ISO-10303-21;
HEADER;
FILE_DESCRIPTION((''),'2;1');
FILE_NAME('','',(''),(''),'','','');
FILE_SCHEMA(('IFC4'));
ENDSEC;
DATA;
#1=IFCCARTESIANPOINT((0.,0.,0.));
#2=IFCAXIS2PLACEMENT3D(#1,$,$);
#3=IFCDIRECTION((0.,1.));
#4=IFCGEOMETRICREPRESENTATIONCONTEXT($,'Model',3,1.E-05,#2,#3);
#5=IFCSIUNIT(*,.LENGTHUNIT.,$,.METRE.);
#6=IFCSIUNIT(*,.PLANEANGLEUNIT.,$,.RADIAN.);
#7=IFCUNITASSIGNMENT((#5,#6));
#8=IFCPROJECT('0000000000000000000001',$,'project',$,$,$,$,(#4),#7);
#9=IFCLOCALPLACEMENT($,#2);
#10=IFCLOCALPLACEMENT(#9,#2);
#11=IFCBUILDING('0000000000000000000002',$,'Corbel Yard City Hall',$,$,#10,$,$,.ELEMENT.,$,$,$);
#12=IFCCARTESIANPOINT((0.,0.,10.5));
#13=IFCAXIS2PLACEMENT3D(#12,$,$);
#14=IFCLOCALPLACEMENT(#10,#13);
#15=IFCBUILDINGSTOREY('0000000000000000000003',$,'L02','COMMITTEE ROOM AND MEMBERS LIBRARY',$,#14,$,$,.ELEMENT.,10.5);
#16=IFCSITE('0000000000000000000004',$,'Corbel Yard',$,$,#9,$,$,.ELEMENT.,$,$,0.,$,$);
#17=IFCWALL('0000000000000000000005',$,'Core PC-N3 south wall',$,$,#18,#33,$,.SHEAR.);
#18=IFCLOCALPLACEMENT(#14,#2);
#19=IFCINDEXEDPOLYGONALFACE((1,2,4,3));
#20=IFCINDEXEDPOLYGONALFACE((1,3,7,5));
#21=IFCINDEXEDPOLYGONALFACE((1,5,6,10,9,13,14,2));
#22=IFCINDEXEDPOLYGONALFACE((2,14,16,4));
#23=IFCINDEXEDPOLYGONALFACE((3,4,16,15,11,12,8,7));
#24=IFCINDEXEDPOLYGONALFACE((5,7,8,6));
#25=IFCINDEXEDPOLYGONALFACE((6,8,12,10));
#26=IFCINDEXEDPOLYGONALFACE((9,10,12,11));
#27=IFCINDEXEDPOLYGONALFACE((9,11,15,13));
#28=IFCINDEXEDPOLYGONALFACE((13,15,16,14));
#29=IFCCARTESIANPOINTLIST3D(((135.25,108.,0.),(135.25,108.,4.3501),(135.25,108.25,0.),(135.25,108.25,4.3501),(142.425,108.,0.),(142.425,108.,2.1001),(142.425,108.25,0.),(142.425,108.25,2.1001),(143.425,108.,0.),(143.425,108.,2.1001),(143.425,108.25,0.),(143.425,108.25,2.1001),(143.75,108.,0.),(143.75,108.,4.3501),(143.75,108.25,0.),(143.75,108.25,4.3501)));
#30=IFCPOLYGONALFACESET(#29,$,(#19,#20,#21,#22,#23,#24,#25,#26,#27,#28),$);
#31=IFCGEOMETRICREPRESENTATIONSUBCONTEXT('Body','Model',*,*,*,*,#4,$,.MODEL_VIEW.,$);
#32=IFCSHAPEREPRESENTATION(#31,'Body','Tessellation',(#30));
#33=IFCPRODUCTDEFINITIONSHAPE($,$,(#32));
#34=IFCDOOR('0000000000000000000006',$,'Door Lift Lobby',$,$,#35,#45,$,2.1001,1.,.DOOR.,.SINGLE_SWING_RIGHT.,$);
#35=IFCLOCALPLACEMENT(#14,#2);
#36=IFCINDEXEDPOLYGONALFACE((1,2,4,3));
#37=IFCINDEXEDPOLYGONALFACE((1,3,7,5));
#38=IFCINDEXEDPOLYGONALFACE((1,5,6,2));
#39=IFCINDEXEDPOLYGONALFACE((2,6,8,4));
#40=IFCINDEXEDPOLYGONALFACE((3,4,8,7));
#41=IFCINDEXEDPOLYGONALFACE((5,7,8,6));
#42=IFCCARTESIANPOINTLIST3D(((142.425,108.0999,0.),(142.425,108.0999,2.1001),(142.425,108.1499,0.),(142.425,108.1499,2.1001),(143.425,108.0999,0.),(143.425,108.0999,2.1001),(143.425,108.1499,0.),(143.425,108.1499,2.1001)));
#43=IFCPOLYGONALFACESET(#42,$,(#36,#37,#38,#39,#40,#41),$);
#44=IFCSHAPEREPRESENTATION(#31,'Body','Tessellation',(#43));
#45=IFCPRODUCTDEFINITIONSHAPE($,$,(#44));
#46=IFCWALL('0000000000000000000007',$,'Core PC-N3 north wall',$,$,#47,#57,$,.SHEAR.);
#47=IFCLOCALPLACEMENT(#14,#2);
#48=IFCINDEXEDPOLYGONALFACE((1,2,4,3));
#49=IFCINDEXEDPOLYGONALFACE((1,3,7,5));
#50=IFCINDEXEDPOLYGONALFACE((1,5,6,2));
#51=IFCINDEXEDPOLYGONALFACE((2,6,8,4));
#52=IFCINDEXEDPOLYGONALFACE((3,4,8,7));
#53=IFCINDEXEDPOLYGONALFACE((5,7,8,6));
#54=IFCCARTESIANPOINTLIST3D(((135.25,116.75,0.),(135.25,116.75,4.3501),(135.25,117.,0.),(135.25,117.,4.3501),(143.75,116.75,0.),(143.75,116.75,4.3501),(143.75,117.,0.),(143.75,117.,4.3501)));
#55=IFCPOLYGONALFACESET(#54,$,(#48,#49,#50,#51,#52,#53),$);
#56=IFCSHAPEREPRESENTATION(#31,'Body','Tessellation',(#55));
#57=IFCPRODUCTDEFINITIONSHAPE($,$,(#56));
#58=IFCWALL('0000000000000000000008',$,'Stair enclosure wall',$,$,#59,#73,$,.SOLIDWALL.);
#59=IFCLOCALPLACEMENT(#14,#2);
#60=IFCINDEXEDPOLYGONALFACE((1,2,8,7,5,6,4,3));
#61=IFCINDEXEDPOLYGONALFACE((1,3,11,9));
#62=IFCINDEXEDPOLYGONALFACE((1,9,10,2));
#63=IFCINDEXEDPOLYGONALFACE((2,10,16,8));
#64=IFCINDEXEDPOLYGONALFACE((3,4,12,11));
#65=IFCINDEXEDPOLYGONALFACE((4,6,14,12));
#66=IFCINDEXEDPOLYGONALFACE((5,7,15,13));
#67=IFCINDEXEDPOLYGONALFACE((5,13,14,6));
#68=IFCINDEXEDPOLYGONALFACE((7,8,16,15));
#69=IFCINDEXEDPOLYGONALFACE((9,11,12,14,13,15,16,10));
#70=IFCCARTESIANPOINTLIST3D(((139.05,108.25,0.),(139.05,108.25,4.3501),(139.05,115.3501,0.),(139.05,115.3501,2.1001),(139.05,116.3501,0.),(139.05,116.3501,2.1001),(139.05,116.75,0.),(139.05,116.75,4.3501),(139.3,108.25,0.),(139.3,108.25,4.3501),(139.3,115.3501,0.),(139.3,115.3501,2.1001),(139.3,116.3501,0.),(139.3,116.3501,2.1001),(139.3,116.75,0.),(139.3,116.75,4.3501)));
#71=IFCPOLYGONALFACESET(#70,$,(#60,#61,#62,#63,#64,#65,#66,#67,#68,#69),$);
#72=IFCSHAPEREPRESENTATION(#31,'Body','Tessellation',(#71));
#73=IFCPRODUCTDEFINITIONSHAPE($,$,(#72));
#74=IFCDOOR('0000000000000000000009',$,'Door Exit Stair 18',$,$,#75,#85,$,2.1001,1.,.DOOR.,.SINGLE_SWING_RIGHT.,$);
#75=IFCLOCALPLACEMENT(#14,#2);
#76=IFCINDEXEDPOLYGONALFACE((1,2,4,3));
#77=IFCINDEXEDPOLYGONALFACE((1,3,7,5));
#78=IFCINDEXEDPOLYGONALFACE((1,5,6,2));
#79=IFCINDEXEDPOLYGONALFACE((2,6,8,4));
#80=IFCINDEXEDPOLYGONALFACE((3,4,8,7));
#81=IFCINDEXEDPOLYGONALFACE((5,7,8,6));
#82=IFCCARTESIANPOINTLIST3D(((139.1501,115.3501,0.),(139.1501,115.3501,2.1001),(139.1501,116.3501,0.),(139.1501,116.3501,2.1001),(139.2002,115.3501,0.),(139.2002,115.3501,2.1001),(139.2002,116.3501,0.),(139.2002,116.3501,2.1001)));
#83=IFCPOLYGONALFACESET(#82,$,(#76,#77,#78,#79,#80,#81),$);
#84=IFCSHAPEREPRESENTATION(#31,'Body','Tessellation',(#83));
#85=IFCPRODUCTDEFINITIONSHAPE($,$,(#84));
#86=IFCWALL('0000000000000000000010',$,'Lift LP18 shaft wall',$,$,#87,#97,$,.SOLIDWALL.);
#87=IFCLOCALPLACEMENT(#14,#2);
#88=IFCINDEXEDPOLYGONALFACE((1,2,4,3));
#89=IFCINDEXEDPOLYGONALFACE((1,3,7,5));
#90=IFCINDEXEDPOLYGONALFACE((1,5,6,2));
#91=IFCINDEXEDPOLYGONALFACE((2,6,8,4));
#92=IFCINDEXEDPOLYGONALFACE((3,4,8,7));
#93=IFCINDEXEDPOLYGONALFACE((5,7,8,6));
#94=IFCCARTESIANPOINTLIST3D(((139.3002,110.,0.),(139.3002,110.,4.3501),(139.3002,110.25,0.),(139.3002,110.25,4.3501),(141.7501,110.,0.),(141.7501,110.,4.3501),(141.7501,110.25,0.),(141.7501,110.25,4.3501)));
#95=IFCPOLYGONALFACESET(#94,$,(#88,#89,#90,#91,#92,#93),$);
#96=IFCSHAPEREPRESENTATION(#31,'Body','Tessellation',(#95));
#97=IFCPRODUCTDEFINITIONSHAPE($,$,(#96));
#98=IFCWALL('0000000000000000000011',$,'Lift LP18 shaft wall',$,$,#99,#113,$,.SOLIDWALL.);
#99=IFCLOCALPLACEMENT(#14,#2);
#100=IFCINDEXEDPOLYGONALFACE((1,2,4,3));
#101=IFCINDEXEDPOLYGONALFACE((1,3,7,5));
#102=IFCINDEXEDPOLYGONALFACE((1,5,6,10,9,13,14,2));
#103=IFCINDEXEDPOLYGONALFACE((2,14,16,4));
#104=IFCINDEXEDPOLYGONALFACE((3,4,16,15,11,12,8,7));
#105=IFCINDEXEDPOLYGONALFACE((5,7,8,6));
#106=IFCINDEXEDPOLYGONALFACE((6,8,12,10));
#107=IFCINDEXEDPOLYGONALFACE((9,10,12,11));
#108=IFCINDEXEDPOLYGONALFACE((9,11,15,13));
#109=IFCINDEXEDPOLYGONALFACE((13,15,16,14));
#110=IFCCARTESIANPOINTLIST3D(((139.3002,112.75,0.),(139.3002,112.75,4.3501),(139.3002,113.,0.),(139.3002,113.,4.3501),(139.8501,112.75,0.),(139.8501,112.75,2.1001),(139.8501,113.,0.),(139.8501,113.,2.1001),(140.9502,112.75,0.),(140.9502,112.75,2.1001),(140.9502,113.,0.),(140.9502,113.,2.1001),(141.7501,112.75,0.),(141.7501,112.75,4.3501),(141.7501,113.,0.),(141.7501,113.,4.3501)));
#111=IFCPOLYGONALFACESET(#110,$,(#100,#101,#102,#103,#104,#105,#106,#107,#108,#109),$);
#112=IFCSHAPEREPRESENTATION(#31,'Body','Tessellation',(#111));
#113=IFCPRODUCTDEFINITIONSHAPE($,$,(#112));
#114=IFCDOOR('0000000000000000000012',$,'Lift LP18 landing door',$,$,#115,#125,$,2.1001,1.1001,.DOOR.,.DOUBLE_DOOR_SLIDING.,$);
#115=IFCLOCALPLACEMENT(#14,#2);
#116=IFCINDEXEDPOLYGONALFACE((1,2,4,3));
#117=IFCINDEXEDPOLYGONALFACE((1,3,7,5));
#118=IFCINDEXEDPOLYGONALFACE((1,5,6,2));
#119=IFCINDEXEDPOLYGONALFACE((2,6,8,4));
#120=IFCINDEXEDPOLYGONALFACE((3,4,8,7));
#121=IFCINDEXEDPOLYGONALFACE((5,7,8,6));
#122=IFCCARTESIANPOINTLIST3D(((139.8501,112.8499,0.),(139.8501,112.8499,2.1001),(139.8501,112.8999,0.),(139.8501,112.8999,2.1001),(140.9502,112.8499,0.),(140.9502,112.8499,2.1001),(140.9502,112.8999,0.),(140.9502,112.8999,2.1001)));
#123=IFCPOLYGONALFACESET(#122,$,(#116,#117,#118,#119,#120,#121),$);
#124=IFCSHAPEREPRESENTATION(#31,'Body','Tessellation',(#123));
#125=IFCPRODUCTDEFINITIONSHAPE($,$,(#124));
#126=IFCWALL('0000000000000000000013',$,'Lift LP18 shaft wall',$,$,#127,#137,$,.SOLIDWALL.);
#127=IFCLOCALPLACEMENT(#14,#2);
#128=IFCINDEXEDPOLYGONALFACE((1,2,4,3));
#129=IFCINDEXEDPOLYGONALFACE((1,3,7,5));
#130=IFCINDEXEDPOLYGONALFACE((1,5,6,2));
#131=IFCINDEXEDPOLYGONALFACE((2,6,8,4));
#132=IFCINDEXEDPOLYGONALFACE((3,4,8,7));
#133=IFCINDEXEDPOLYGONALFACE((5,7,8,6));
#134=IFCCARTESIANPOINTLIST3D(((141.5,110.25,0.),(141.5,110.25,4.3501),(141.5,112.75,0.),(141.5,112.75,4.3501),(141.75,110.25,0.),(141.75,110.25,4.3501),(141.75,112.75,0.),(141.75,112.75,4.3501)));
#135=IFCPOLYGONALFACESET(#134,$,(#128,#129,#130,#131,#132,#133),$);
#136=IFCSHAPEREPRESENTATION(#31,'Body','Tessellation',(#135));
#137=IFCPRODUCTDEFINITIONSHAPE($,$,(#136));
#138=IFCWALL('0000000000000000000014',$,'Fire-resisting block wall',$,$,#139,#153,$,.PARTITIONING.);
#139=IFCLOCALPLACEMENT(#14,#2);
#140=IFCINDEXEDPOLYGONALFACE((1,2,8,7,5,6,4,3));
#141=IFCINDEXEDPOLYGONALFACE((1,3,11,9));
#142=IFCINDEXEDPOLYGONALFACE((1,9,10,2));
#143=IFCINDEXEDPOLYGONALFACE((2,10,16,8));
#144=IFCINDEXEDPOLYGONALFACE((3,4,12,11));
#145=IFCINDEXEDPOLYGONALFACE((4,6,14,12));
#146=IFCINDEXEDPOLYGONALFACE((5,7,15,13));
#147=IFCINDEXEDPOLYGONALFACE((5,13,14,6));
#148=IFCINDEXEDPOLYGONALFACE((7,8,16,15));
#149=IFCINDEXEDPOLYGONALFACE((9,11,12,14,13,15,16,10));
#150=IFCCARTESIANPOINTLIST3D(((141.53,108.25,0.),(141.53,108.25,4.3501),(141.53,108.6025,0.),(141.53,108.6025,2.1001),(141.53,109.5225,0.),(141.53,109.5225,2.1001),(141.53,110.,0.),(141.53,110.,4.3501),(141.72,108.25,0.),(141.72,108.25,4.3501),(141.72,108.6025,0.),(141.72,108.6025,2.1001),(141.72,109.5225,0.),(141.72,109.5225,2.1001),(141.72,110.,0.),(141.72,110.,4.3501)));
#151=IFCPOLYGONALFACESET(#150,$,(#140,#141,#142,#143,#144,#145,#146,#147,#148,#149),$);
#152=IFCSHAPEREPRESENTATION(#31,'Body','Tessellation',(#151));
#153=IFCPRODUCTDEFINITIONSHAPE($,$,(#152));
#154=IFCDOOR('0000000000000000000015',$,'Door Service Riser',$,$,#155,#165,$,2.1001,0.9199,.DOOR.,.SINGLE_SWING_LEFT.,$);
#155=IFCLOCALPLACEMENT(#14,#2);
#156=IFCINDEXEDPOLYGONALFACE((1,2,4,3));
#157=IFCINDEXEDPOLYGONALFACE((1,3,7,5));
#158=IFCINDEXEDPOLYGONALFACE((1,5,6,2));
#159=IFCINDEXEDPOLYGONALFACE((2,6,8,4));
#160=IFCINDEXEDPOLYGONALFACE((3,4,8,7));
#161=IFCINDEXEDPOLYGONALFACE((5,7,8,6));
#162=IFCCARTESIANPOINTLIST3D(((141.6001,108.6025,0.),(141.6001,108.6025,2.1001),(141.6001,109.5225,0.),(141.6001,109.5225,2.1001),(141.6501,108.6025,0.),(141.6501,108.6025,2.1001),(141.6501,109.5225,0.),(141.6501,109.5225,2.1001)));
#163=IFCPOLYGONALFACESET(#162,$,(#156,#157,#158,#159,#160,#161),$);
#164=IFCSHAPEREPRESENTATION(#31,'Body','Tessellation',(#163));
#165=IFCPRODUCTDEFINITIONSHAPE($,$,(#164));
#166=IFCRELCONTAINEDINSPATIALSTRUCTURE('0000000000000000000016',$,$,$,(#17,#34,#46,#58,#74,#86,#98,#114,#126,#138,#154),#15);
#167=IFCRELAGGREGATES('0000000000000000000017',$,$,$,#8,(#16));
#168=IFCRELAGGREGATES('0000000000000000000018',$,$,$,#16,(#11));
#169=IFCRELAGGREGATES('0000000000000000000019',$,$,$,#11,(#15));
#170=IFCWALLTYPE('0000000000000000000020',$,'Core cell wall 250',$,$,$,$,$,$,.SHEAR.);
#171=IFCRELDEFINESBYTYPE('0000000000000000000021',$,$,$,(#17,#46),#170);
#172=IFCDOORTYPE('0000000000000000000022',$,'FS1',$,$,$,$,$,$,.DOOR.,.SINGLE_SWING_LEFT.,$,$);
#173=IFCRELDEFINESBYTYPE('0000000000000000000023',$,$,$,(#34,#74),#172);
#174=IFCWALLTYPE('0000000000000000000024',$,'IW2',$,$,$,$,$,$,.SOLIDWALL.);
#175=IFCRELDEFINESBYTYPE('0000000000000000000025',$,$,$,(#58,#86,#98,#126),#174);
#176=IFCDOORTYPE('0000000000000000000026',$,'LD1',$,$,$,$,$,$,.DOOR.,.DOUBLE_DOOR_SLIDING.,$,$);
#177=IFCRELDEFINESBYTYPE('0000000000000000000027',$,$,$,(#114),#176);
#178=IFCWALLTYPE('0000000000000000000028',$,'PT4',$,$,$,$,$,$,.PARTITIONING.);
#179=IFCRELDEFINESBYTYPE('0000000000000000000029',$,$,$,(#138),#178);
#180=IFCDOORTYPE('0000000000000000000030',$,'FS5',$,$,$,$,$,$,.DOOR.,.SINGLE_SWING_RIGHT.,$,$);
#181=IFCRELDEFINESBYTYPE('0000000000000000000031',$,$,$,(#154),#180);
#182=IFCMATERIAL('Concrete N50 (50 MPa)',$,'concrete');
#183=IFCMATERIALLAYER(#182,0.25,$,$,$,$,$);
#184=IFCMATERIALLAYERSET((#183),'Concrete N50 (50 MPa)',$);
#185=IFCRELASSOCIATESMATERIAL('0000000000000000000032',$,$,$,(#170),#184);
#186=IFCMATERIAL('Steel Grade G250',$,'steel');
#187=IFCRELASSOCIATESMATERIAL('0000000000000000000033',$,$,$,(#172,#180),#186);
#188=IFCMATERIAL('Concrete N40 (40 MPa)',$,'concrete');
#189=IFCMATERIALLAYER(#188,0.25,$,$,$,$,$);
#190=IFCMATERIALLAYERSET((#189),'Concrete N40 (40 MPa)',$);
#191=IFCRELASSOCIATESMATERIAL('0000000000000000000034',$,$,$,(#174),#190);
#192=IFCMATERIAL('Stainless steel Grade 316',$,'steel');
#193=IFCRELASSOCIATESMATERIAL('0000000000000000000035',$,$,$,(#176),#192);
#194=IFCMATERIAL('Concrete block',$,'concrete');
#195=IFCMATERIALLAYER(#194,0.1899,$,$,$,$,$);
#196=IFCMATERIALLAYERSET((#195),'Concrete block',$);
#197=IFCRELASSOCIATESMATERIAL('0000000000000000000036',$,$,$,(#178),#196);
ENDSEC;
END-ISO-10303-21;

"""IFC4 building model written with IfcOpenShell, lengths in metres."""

from ifc_helpers import new_model, si_unit, direction, frame, frame_2d, origin, place, context, subcontext, project, spatial, rectangle, extrude, material, layer, layer_set, type_object, element, fill, save


model = new_model("IFC4")

# Units and contexts
model_context = context("Model", 3, precision=1e-05, world=origin(), true_north=direction((0.0, 1.0)))
body_context = subcontext(model_context, "Body", "Model", "MODEL_VIEW")
ifc_project = project(units=[si_unit("LENGTHUNIT", "METRE"), si_unit("PLANEANGLEUNIT", "RADIAN")], contexts=[model_context])

# Site, building, storey
site_placement = place(None, origin())
site = spatial("IfcSite", under=ifc_project, at=site_placement, Name="Corbel Yard", CompositionType="ELEMENT", RefElevation=0.0)
building_placement = place(site_placement, origin())
building = spatial("IfcBuilding", under=site, at=building_placement, Name="Corbel Yard City Hall", CompositionType="ELEMENT")
storey_placement = place(building_placement, frame((0.0, 0.0, 10.5)))
storey = spatial("IfcBuildingStorey", under=building, at=storey_placement, Name="L02", Description="COMMITTEE ROOM AND MEMBERS LIBRARY", CompositionType="ELEMENT", Elevation=10.5)

# Shared definitions
ifc_material_1 = material(Name="Concrete N50 (50 MPa)", Category="concrete")
ifc_layer_1 = layer(ifc_material_1, 0.25)
ifc_layer_set_1 = layer_set([ifc_layer_1], Name="Concrete N50 (50 MPa)")
wall_type_1 = type_object("IfcWallType", Name="Core cell wall 250", PredefinedType="SHEAR", material=ifc_layer_set_1)

# Wall, opening, door
ifc_material_2 = material(Name="Steel Grade G250", Category="steel")
door_type_1 = type_object("IfcDoorType", Name="FS1", OperationType="SINGLE_SWING_LEFT", PredefinedType="DOOR", material=ifc_material_2)
wall_1_placement = place(storey_placement, frame((135.25, 108.125, 0.0), z_axis=(0.0, 0.0, 1.0), x_axis=(1.0, 0.0, 0.0)))
wall_1 = element("IfcWall", 1, at=wall_1_placement, inside=storey, type_object=wall_type_1, Name="Core PC-N3 south wall", PredefinedType="SHEAR", context=body_context, shape_type="SweptSolid", body=[
    extrude(rectangle(XDim=8.5, YDim=0.25, at=frame_2d((4.25, 0.0))), origin(), (0.0, 0.0, 1.0), 4.3501),
])
opening_1_placement = place(wall_1_placement, frame((7.175, 0.0, 0.0)))
opening_1 = element("IfcOpeningElement", 2, at=opening_1_placement, cuts=wall_1, PredefinedType="OPENING", context=body_context, shape_type="SweptSolid", body=[
    extrude(rectangle(XDim=1.0, YDim=2.1001, at=frame_2d((0.5, 1.05))), frame((0.0, 0.135, 0.0), z_axis=(0.0, -1.0, 0.0), x_axis=(1.0, 0.0, 0.0)), (0.0, 0.0, 1.0), 0.27),
])
door_1_placement = place(opening_1_placement, origin())
door_1 = element("IfcDoor", 3, at=door_1_placement, inside=storey, type_object=door_type_1, Name="Door Lift Lobby", OperationType="SINGLE_SWING_RIGHT", OverallHeight=2.1001, OverallWidth=1.0, PredefinedType="DOOR", context=body_context, shape_type="SweptSolid", body=[
    extrude(rectangle(XDim=1.0, YDim=2.1001, at=frame_2d((0.5, 1.05))), frame((0.0, 0.0249, 0.0), z_axis=(0.0, -1.0, 0.0), x_axis=(1.0, 0.0, 0.0)), (0.0, 0.0, 1.0), 0.05),
])
fill(opening_1, door_1)

# Wall
wall_2_placement = place(storey_placement, frame((135.25, 116.875, 0.0), z_axis=(0.0, 0.0, 1.0), x_axis=(1.0, 0.0, 0.0)))
element("IfcWall", 4, at=wall_2_placement, inside=storey, type_object=wall_type_1, Name="Core PC-N3 north wall", PredefinedType="SHEAR", context=body_context, shape_type="SweptSolid", body=[
    extrude(rectangle(XDim=8.5, YDim=0.25, at=frame_2d((4.25, 0.0))), origin(), (0.0, 0.0, 1.0), 4.3501),
])

# Wall, opening, door
ifc_material_3 = material(Name="Concrete N40 (40 MPa)", Category="concrete")
ifc_layer_2 = layer(ifc_material_3, 0.25)
ifc_layer_set_2 = layer_set([ifc_layer_2], Name="Concrete N40 (40 MPa)")
wall_type_2 = type_object("IfcWallType", Name="IW2", PredefinedType="SOLIDWALL", material=ifc_layer_set_2)
wall_3_placement = place(storey_placement, frame((139.175, 116.75, 0.0), z_axis=(0.0, 0.0, 1.0), x_axis=(0.0, -1.0, 0.0)))
wall_3 = element("IfcWall", 5, at=wall_3_placement, inside=storey, type_object=wall_type_2, Name="Stair enclosure wall", PredefinedType="SOLIDWALL", context=body_context, shape_type="SweptSolid", body=[
    extrude(rectangle(XDim=8.5, YDim=0.25, at=frame_2d((4.25, 0.0))), origin(), (0.0, 0.0, 1.0), 4.3501),
])
opening_2_placement = place(wall_3_placement, frame((0.3999, 0.0, 0.0)))
opening_2 = element("IfcOpeningElement", 6, at=opening_2_placement, cuts=wall_3, PredefinedType="OPENING", context=body_context, shape_type="SweptSolid", body=[
    extrude(rectangle(XDim=1.0, YDim=2.1001, at=frame_2d((0.5, 1.05))), frame((0.0, 0.135, 0.0), z_axis=(0.0, -1.0, 0.0), x_axis=(1.0, 0.0, 0.0)), (0.0, 0.0, 1.0), 0.27),
])
door_2_placement = place(opening_2_placement, frame((1.0, 0.0, 0.0), z_axis=(0.0, 0.0, 1.0), x_axis=(-1.0, 0.0, 0.0)))
door_2 = element("IfcDoor", 7, at=door_2_placement, inside=storey, type_object=door_type_1, Name="Door Exit Stair 18", OperationType="SINGLE_SWING_RIGHT", OverallHeight=2.1001, OverallWidth=1.0, PredefinedType="DOOR", context=body_context, shape_type="SweptSolid", body=[
    extrude(rectangle(XDim=1.0, YDim=2.1001, at=frame_2d((0.5, 1.05))), frame((0.0, 0.0249, 0.0), z_axis=(0.0, -1.0, 0.0), x_axis=(1.0, 0.0, 0.0)), (0.0, 0.0, 1.0), 0.05),
])
fill(opening_2, door_2)

# Wall
wall_4_placement = place(storey_placement, frame((139.3, 110.125, 0.0), z_axis=(0.0, 0.0, 1.0), x_axis=(1.0, 0.0, 0.0)))
element("IfcWall", 8, at=wall_4_placement, inside=storey, type_object=wall_type_2, Name="Lift LP18 shaft wall", PredefinedType="SOLIDWALL", context=body_context, shape_type="SweptSolid", body=[
    extrude(rectangle(XDim=2.45, YDim=0.25, at=frame_2d((1.2251, 0.0))), origin(), (0.0, 0.0, 1.0), 4.3501),
])

# Wall, opening, door
wall_5_placement = place(storey_placement, frame((139.3, 112.875, 0.0), z_axis=(0.0, 0.0, 1.0), x_axis=(1.0, 0.0, 0.0)))
wall_5 = element("IfcWall", 9, at=wall_5_placement, inside=storey, type_object=wall_type_2, Name="Lift LP18 shaft wall", PredefinedType="SOLIDWALL", context=body_context, shape_type="SweptSolid", body=[
    extrude(rectangle(XDim=2.45, YDim=0.25, at=frame_2d((1.2251, 0.0))), origin(), (0.0, 0.0, 1.0), 4.3501),
])
opening_3_placement = place(wall_5_placement, frame((0.55, 0.0, 0.0)))
opening_3 = element("IfcOpeningElement", 10, at=opening_3_placement, cuts=wall_5, PredefinedType="OPENING", context=body_context, shape_type="SweptSolid", body=[
    extrude(rectangle(XDim=1.1001, YDim=2.1001, at=frame_2d((0.55, 1.05))), frame((0.0, 0.135, 0.0), z_axis=(0.0, -1.0, 0.0), x_axis=(1.0, 0.0, 0.0)), (0.0, 0.0, 1.0), 0.27),
])
ifc_material_4 = material(Name="Stainless steel Grade 316", Category="steel")
door_type_2 = type_object("IfcDoorType", Name="LD1", OperationType="DOUBLE_DOOR_SLIDING", PredefinedType="DOOR", material=ifc_material_4)
door_3_placement = place(opening_3_placement, origin())
door_3 = element("IfcDoor", 11, at=door_3_placement, inside=storey, type_object=door_type_2, Name="Lift LP18 landing door", OperationType="DOUBLE_DOOR_SLIDING", OverallHeight=2.1001, OverallWidth=1.1001, PredefinedType="DOOR", context=body_context, shape_type="SweptSolid", body=[
    extrude(rectangle(XDim=1.1001, YDim=2.1001, at=frame_2d((0.55, 1.05))), frame((0.0, 0.0249, 0.0), z_axis=(0.0, -1.0, 0.0), x_axis=(1.0, 0.0, 0.0)), (0.0, 0.0, 1.0), 0.05),
])
fill(opening_3, door_3)

# Wall
wall_6_placement = place(storey_placement, frame((141.625, 110.25, 0.0), z_axis=(0.0, 0.0, 1.0), x_axis=(0.0, 1.0, 0.0)))
element("IfcWall", 12, at=wall_6_placement, inside=storey, type_object=wall_type_2, Name="Lift LP18 shaft wall", PredefinedType="SOLIDWALL", context=body_context, shape_type="SweptSolid", body=[
    extrude(rectangle(XDim=2.5, YDim=0.25, at=frame_2d((1.25, 0.0))), origin(), (0.0, 0.0, 1.0), 4.3501),
])

# Wall, opening, door
ifc_material_5 = material(Name="Concrete block", Category="concrete")
ifc_layer_3 = layer(ifc_material_5, 0.1899)
ifc_layer_set_3 = layer_set([ifc_layer_3], Name="Concrete block")
wall_type_3 = type_object("IfcWallType", Name="PT4", PredefinedType="PARTITIONING", material=ifc_layer_set_3)
wall_7_placement = place(storey_placement, frame((141.625, 108.25, 0.0), z_axis=(0.0, 0.0, 1.0), x_axis=(0.0, 1.0, 0.0)))
wall_7 = element("IfcWall", 13, at=wall_7_placement, inside=storey, type_object=wall_type_3, Name="Fire-resisting block wall", PredefinedType="PARTITIONING", context=body_context, shape_type="SweptSolid", body=[
    extrude(rectangle(XDim=1.75, YDim=0.1899, at=frame_2d((0.875, 0.0))), origin(), (0.0, 0.0, 1.0), 4.3501),
])
opening_4_placement = place(wall_7_placement, frame((0.3525, 0.0, 0.0)))
opening_4 = element("IfcOpeningElement", 14, at=opening_4_placement, cuts=wall_7, PredefinedType="OPENING", context=body_context, shape_type="SweptSolid", body=[
    extrude(rectangle(XDim=0.9199, YDim=2.1001, at=frame_2d((0.46, 1.05))), frame((0.0, 0.105, 0.0), z_axis=(0.0, -1.0, 0.0), x_axis=(1.0, 0.0, 0.0)), (0.0, 0.0, 1.0), 0.21),
])
door_type_3 = type_object("IfcDoorType", Name="FS5", OperationType="SINGLE_SWING_RIGHT", PredefinedType="DOOR", material=ifc_material_2)
door_4_placement = place(opening_4_placement, origin())
door_4 = element("IfcDoor", 15, at=door_4_placement, inside=storey, type_object=door_type_3, Name="Door Service Riser", OperationType="SINGLE_SWING_LEFT", OverallHeight=2.1001, OverallWidth=0.9199, PredefinedType="DOOR", context=body_context, shape_type="SweptSolid", body=[
    extrude(rectangle(XDim=0.9199, YDim=2.1001, at=frame_2d((0.46, 1.05))), frame((0.0, 0.0249, 0.0), z_axis=(0.0, -1.0, 0.0), x_axis=(1.0, 0.0, 0.0)), (0.0, 0.0, 1.0), 0.05),
])
fill(opening_4, door_4)

save(model, "model.ifc")
